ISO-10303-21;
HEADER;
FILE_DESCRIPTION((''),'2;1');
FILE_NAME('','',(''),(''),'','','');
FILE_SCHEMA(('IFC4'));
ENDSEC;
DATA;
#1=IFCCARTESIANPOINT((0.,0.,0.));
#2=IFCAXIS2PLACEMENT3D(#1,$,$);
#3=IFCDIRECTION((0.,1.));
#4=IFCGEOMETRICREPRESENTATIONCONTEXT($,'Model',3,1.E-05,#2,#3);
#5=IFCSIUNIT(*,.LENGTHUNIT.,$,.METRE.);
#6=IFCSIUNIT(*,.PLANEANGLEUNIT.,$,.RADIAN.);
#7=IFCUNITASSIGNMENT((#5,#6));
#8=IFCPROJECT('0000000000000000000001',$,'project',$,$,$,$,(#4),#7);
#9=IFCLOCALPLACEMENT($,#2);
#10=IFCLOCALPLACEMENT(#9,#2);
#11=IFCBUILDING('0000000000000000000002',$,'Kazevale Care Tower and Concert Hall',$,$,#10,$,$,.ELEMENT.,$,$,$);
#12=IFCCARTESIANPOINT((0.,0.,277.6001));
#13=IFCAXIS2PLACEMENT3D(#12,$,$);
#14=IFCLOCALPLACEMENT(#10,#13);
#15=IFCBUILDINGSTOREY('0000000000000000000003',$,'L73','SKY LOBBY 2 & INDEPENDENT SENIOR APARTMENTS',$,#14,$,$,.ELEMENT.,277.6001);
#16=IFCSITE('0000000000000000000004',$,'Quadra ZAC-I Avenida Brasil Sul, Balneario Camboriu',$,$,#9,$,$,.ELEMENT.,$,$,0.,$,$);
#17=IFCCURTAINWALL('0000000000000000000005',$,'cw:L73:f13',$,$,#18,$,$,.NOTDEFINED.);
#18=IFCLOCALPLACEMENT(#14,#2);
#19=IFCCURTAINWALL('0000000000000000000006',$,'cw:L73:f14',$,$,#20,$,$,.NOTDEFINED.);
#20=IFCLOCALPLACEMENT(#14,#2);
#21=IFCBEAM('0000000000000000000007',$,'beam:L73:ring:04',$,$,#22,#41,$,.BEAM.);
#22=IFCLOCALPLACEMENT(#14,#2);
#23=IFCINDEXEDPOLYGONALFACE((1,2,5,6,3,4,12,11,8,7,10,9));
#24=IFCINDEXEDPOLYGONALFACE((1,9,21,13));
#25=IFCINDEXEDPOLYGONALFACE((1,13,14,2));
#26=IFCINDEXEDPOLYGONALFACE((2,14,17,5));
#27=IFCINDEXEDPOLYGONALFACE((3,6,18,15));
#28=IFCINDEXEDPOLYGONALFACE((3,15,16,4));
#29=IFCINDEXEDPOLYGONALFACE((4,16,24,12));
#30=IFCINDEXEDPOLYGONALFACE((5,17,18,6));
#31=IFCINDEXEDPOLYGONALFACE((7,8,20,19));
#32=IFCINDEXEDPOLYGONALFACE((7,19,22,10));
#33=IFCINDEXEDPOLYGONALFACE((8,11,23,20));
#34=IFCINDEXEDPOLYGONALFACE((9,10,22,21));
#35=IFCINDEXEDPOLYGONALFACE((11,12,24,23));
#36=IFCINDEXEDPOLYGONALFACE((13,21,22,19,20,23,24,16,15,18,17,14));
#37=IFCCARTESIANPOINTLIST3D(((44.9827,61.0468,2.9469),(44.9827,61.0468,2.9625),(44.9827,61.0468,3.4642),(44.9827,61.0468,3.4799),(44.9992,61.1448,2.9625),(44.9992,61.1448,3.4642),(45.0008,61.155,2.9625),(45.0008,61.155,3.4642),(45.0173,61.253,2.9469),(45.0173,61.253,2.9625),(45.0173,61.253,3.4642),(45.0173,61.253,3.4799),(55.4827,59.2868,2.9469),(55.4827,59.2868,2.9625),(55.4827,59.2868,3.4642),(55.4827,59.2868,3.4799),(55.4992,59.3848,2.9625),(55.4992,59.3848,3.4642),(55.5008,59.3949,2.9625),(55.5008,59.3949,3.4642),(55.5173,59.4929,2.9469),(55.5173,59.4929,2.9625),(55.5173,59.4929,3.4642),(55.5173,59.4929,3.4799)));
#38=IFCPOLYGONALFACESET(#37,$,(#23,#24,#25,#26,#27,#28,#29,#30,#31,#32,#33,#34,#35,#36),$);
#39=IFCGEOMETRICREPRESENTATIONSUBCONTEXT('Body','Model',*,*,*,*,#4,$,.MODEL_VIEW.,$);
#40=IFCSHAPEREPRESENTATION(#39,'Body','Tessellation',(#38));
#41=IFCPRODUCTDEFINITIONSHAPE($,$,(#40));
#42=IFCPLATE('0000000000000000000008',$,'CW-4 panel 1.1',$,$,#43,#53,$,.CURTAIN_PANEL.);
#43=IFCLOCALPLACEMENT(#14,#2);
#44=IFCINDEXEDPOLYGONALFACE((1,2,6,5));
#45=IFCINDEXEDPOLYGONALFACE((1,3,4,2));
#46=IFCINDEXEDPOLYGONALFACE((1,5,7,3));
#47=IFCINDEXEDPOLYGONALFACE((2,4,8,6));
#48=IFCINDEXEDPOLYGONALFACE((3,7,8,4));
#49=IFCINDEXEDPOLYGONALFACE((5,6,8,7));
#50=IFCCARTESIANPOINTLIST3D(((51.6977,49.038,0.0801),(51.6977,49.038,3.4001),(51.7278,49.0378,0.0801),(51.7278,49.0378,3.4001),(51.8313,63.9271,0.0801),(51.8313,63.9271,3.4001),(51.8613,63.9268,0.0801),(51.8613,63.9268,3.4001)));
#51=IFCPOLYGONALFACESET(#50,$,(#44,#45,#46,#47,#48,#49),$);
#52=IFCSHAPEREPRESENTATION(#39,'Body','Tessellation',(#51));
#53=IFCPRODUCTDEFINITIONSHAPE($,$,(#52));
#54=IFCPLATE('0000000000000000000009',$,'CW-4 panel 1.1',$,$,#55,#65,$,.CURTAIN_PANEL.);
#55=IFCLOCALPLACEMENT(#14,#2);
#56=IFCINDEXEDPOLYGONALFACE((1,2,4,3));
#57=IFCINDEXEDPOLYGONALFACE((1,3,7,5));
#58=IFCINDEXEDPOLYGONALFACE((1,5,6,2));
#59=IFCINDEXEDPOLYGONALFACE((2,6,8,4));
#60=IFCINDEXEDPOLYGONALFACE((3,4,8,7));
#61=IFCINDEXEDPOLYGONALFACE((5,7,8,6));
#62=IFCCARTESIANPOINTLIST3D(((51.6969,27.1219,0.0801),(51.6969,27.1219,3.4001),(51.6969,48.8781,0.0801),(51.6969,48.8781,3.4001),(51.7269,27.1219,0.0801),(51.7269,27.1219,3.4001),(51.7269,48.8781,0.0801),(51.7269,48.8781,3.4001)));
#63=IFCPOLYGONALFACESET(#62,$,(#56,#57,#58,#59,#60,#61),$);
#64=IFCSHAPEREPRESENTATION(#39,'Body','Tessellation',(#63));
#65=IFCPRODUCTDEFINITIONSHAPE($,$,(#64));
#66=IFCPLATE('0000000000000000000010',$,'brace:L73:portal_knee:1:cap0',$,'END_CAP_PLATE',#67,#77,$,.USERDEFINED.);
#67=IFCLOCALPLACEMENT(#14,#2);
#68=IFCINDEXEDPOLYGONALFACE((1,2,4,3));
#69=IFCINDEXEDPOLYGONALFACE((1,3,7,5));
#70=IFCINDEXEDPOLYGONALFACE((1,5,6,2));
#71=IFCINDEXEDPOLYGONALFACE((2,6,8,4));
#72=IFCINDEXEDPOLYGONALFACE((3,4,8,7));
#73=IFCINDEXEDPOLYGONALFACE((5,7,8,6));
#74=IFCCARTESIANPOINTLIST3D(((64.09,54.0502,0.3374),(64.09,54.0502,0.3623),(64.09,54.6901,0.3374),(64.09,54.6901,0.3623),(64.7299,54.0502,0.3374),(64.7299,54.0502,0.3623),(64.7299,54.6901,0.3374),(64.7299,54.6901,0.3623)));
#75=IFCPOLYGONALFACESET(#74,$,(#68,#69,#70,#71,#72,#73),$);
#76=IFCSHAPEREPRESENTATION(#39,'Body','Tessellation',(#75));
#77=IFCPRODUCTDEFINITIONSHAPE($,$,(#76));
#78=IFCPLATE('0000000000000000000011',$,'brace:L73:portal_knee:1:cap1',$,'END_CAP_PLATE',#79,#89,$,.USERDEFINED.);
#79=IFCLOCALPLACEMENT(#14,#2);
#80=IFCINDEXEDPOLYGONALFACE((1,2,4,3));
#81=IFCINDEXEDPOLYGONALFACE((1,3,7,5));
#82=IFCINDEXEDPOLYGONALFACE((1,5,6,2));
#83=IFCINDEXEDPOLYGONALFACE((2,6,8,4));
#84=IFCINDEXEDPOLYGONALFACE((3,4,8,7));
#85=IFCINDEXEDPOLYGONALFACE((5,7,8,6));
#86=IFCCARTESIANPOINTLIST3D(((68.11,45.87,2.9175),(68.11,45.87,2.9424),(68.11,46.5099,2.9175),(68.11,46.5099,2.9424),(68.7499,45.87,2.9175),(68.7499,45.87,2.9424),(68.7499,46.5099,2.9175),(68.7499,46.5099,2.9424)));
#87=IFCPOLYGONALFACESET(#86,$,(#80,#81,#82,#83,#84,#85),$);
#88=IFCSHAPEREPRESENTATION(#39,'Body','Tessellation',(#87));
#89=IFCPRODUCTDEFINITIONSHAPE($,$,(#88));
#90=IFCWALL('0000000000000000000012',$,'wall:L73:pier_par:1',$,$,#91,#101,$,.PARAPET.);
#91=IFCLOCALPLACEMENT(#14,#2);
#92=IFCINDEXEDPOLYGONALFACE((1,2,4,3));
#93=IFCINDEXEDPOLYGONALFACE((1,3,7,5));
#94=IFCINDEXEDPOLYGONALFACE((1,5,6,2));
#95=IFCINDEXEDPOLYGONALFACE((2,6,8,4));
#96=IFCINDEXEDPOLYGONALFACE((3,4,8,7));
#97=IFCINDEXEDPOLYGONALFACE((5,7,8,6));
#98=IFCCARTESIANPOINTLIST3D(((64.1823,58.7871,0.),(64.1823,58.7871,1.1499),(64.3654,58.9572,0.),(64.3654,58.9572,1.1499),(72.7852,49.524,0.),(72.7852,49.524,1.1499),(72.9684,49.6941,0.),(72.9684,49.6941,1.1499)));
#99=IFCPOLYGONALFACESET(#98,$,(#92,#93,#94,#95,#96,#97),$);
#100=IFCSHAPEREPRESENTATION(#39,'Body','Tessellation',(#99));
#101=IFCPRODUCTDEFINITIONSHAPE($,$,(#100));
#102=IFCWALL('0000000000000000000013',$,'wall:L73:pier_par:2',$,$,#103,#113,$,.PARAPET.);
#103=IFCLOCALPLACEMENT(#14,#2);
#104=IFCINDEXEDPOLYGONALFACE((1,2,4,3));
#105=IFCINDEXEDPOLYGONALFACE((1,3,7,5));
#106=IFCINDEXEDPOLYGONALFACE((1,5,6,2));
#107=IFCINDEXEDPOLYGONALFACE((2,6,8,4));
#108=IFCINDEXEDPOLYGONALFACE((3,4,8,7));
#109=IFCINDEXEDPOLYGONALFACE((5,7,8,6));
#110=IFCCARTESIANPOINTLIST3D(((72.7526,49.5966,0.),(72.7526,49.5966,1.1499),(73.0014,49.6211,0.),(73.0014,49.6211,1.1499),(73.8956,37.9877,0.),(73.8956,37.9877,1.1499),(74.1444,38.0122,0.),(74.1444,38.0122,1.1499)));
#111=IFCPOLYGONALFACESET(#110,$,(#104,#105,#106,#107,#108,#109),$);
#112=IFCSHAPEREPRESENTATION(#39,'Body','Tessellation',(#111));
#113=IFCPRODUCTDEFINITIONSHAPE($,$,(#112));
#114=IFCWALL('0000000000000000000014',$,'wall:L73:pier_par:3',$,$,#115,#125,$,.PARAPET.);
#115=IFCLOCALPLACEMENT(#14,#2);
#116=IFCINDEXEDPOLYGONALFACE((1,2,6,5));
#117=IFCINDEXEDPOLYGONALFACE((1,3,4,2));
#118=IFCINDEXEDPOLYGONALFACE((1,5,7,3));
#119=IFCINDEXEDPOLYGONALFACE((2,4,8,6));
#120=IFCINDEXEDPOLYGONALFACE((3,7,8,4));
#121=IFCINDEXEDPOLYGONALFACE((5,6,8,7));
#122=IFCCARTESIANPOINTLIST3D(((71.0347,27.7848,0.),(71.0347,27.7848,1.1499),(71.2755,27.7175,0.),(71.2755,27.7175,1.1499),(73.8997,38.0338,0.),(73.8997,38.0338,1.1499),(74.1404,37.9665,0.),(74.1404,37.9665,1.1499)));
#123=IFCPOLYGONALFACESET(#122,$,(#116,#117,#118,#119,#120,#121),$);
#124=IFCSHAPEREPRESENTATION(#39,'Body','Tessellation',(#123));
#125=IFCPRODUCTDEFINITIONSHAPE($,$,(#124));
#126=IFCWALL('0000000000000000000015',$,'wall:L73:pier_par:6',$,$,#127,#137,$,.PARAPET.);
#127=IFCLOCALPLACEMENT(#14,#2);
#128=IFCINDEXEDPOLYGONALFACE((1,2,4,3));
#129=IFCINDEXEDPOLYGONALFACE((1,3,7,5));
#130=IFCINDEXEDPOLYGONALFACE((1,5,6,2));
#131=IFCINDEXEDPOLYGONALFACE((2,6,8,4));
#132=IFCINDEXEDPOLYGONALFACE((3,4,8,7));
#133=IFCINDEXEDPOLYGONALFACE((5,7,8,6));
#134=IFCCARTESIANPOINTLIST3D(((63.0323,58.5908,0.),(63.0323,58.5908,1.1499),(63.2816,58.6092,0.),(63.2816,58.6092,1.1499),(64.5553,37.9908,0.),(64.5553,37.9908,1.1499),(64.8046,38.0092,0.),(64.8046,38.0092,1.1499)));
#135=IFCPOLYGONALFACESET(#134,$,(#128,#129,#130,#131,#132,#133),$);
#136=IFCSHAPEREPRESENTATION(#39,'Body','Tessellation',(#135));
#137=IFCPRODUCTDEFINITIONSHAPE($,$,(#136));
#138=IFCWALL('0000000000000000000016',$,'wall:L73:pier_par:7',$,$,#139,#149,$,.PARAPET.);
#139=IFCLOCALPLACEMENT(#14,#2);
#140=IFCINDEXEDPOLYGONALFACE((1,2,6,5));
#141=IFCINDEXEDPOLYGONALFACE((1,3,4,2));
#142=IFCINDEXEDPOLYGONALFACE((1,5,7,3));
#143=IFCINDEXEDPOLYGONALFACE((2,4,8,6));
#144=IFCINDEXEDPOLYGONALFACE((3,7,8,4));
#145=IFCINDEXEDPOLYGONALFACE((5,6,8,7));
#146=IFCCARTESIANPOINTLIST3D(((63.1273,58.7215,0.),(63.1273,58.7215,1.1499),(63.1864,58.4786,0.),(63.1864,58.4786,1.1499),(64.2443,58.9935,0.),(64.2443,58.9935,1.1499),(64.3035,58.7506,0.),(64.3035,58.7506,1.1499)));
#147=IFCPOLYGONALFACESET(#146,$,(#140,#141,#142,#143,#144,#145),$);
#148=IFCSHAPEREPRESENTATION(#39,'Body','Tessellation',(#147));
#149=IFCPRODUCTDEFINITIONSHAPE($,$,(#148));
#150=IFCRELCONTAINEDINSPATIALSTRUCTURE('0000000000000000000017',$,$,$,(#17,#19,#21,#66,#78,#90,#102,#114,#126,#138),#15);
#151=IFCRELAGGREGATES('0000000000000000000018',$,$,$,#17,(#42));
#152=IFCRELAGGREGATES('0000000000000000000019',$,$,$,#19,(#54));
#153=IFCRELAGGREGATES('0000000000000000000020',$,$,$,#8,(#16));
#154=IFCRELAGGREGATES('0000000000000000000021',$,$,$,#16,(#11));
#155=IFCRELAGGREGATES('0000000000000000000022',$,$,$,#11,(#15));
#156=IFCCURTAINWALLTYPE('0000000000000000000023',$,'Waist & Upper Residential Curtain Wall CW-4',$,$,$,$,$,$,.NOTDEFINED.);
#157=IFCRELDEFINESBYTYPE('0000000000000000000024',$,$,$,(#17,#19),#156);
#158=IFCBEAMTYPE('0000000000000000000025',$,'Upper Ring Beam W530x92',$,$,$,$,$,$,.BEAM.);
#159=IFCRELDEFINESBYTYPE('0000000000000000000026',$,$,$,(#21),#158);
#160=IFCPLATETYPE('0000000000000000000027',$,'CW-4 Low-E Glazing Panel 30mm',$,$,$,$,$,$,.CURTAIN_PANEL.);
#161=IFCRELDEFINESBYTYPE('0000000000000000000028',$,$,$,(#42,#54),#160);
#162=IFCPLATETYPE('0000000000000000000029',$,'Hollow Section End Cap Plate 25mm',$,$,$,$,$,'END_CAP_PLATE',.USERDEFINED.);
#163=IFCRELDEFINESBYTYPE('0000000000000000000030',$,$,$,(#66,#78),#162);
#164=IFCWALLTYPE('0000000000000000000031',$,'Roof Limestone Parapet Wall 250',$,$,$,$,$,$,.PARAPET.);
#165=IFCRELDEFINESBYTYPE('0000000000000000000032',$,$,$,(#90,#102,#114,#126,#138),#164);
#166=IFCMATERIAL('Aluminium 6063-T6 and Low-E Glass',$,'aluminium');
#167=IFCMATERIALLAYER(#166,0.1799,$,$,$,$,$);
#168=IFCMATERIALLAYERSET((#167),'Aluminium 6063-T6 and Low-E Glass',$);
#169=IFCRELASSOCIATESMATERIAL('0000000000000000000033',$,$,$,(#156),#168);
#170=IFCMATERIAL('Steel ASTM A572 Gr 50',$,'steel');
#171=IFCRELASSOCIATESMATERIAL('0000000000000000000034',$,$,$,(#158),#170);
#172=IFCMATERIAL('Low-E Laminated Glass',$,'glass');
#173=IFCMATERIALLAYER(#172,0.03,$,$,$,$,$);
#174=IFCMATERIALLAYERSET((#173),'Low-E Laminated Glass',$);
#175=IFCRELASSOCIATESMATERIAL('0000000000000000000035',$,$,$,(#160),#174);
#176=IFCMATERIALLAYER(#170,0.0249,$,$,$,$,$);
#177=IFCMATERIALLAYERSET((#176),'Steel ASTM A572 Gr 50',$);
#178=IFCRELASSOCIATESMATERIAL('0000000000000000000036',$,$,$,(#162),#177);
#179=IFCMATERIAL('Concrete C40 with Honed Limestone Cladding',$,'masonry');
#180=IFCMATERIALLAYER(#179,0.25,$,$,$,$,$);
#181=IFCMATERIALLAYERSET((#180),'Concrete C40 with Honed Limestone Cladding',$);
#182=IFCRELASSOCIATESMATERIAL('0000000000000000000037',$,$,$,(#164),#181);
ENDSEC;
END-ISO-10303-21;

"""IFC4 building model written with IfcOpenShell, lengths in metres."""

from ifc_helpers import new_model, si_unit, direction, frame, frame_2d, origin, origin_2d, place, context, subcontext, project, spatial, rectangle, i_section, extrude, material, layer, layer_set, material_profile, profile_set, type_object, element, aggregate, save


model = new_model("IFC4")

# Units and contexts
model_context = context("Model", 3, precision=1e-05, world=origin(), true_north=direction((0.0, 1.0)))
body_context = subcontext(model_context, "Body", "Model", "MODEL_VIEW")
ifc_project = project(units=[si_unit("LENGTHUNIT", "METRE"), si_unit("PLANEANGLEUNIT", "RADIAN")], contexts=[model_context])

# Site, building, storey
site_placement = place(None, origin())
site = spatial("IfcSite", under=ifc_project, at=site_placement, Name="Quadra ZAC-I Avenida Brasil Sul, Balneario Camboriu", CompositionType="ELEMENT", RefElevation=0.0)
building_placement = place(site_placement, origin())
building = spatial("IfcBuilding", under=site, at=building_placement, Name="Kazevale Care Tower and Concert Hall", CompositionType="ELEMENT")
storey_placement = place(building_placement, frame((0.0, 0.0, 277.6001)))
storey = spatial("IfcBuildingStorey", under=building, at=storey_placement, Name="L73", Description="SKY LOBBY 2 & INDEPENDENT SENIOR APARTMENTS", CompositionType="ELEMENT", Elevation=277.6001)

# Shared definitions
ifc_material_1 = material(Name="Aluminium 6063-T6 and Low-E Glass", Category="aluminium")
ifc_layer_1 = layer(ifc_material_1, 0.1799)
ifc_layer_set_1 = layer_set([ifc_layer_1], Name="Aluminium 6063-T6 and Low-E Glass")
curtain_wall_type = type_object("IfcCurtainWallType", Name="Waist & Upper Residential Curtain Wall CW-4", PredefinedType="NOTDEFINED", material=ifc_layer_set_1)

# Curtain wall
curtain_wall_1_placement = place(storey_placement, origin())
curtain_wall_1 = element("IfcCurtainWall", 1, at=curtain_wall_1_placement, inside=storey, type_object=curtain_wall_type, Name="cw:L73:f13", PredefinedType="NOTDEFINED")

# Curtain wall
curtain_wall_2_placement = place(storey_placement, origin())
curtain_wall_2 = element("IfcCurtainWall", 2, at=curtain_wall_2_placement, inside=storey, type_object=curtain_wall_type, Name="cw:L73:f14", PredefinedType="NOTDEFINED")

# Shared definitions
ifc_material_2 = material(Name="Steel ASTM A572 Gr 50", Category="steel")

# Beam
ifc_material_profile_1 = material_profile(ifc_material_2, i_section(OverallWidth=0.209, OverallDepth=0.533, WebThickness=0.0103, FlangeThickness=0.0156, at=origin_2d()), Name="W530x92")
ifc_profile_set_1 = profile_set([ifc_material_profile_1], Name="Steel ASTM A572 Gr 50")
beam_type_1 = type_object("IfcBeamType", Name="Upper Ring Beam W530x92", PredefinedType="BEAM", material=ifc_profile_set_1)
beam_1_placement = place(storey_placement, frame((55.5, 59.3899, 3.2134), z_axis=(-0.986241, 0.165314, 0.0), x_axis=(-0.165314, -0.986241, 0.0)))
element("IfcBeam", 3, at=beam_1_placement, inside=storey, type_object=beam_type_1, Name="beam:L73:ring:04", PredefinedType="BEAM", context=body_context, shape_type="SweptSolid", body=[
    extrude(i_section(OverallWidth=0.209, OverallDepth=0.533, WebThickness=0.0103, FlangeThickness=0.0156, at=origin_2d()), origin(), (0.0, 0.0, 1.0), 10.6465),
])

# Plates
ifc_material_3 = material(Name="Low-E Laminated Glass", Category="glass")
ifc_layer_2 = layer(ifc_material_3, 0.03)
ifc_layer_set_2 = layer_set([ifc_layer_2], Name="Low-E Laminated Glass")
plate_type_1 = type_object("IfcPlateType", Name="CW-4 Low-E Glazing Panel 30mm", PredefinedType="CURTAIN_PANEL", material=ifc_layer_set_2)
plate_1_placement = place(storey_placement, frame((51.7795, 56.4824, 0.0801), z_axis=(0.0, 0.0, 1.0), x_axis=(-0.00897, -0.99996, 0.0)))
plate_1 = element("IfcPlate", 4, at=plate_1_placement, type_object=plate_type_1, Name="CW-4 panel 1.1", PredefinedType="CURTAIN_PANEL", context=body_context, shape_type="SweptSolid", body=[
    extrude(rectangle(XDim=14.8896, YDim=0.03, at=origin_2d()), origin(), (0.0, 0.0, 1.0), 3.3201),
])
aggregate(curtain_wall_1, [plate_1])
plate_2_placement = place(storey_placement, frame((51.7119, 38.0, 0.0801), z_axis=(0.0, 0.0, 1.0), x_axis=(0.0, -1.0, 0.0)))
plate_2 = element("IfcPlate", 5, at=plate_2_placement, type_object=plate_type_1, Name="CW-4 panel 1.1", PredefinedType="CURTAIN_PANEL", context=body_context, shape_type="SweptSolid", body=[
    extrude(rectangle(XDim=21.7561, YDim=0.03, at=origin_2d()), origin(), (0.0, 0.0, 1.0), 3.3201),
])
aggregate(curtain_wall_2, [plate_2])

# Plates
ifc_layer_3 = layer(ifc_material_2, 0.0249)
ifc_layer_set_3 = layer_set([ifc_layer_3], Name="Steel ASTM A572 Gr 50")
plate_type_2 = type_object("IfcPlateType", Name="Hollow Section End Cap Plate 25mm", ElementType="END_CAP_PLATE", PredefinedType="USERDEFINED", material=ifc_layer_set_3)
for number, where, z_axis, x_axis, name in (
    (6, (64.4099, 54.3701, 0.3374), (0.0, 0.0, 1.0), (1.0, 0.0, 0.0), "brace:L73:portal_knee:1:cap0"),
    (7, (68.4299, 46.1899, 2.9175), (0.0, 0.0, 1.0), (1.0, 0.0, 0.0), "brace:L73:portal_knee:1:cap1"),
):
    element("IfcPlate", number, at=place(storey_placement, frame(where, z_axis=z_axis, x_axis=x_axis)), inside=storey, type_object=plate_type_2, Name=name, ObjectType="END_CAP_PLATE", PredefinedType="USERDEFINED", context=body_context, shape_type="SweptSolid", body=[
        extrude(rectangle(XDim=0.6399, YDim=0.6399, at=origin_2d()), origin(), (0.0, 0.0, 1.0), 0.0249),
    ])

# Walls
ifc_material_4 = material(Name="Concrete C40 with Honed Limestone Cladding", Category="masonry")
ifc_layer_4 = layer(ifc_material_4, 0.25)
ifc_layer_set_4 = layer_set([ifc_layer_4], Name="Concrete C40 with Honed Limestone Cladding")
wall_type = type_object("IfcWallType", Name="Roof Limestone Parapet Wall 250", PredefinedType="PARAPET", material=ifc_layer_set_4)
wall_1_placement = place(storey_placement, frame((64.2739, 58.8721, 0.0), z_axis=(0.0, 0.0, 1.0), x_axis=(0.680515, -0.732734, 0.0)))
element("IfcWall", 8, at=wall_1_placement, inside=storey, type_object=wall_type, Name="wall:L73:pier_par:1", PredefinedType="PARAPET", context=body_context, shape_type="SweptSolid", body=[
    extrude(rectangle(XDim=12.6418, YDim=0.25, at=frame_2d((6.3208, 0.0))), origin(), (0.0, 0.0, 1.0), 1.1499),
])
wall_2_placement = place(storey_placement, frame((72.877, 49.6089, 0.0), z_axis=(0.0, 0.0, 1.0), x_axis=(0.097991, -0.995187, 0.0)))
element("IfcWall", 9, at=wall_2_placement, inside=storey, type_object=wall_type, Name="wall:L73:pier_par:2", PredefinedType="PARAPET", context=body_context, shape_type="SweptSolid", body=[
    extrude(rectangle(XDim=11.665, YDim=0.25, at=frame_2d((5.8325, 0.0))), origin(), (0.0, 0.0, 1.0), 1.1499),
])
wall_3_placement = place(storey_placement, frame((74.02, 38.0, 0.0), z_axis=(0.0, 0.0, 1.0), x_axis=(-0.269217, -0.963079, 0.0)))
element("IfcWall", 10, at=wall_3_placement, inside=storey, type_object=wall_type, Name="wall:L73:pier_par:3", PredefinedType="PARAPET", context=body_context, shape_type="SweptSolid", body=[
    extrude(rectangle(XDim=10.6418, YDim=0.25, at=frame_2d((5.3208, 0.0))), origin(), (0.0, 0.0, 1.0), 1.1499),
])
wall_4_placement = place(storey_placement, frame((64.6799, 38.0, 0.0), z_axis=(0.0, 0.0, 1.0), x_axis=(-0.073728, 0.997278, 0.0)))
element("IfcWall", 11, at=wall_4_placement, inside=storey, type_object=wall_type, Name="wall:L73:pier_par:6", PredefinedType="PARAPET", context=body_context, shape_type="SweptSolid", body=[
    extrude(rectangle(XDim=20.6562, YDim=0.25, at=frame_2d((10.3281, 0.0))), origin(), (0.0, 0.0, 1.0), 1.1499),
])
wall_5_placement = place(storey_placement, frame((63.157, 58.6001, 0.0), z_axis=(0.0, 0.0, 1.0), x_axis=(0.971611, 0.236585, 0.0)))
element("IfcWall", 12, at=wall_5_placement, inside=storey, type_object=wall_type, Name="wall:L73:pier_par:7", PredefinedType="PARAPET", context=body_context, shape_type="SweptSolid", body=[
    extrude(rectangle(XDim=1.1497, YDim=0.25, at=frame_2d((0.5747, 0.0))), origin(), (0.0, 0.0, 1.0), 1.1499),
])

save(model, "model.ifc")
